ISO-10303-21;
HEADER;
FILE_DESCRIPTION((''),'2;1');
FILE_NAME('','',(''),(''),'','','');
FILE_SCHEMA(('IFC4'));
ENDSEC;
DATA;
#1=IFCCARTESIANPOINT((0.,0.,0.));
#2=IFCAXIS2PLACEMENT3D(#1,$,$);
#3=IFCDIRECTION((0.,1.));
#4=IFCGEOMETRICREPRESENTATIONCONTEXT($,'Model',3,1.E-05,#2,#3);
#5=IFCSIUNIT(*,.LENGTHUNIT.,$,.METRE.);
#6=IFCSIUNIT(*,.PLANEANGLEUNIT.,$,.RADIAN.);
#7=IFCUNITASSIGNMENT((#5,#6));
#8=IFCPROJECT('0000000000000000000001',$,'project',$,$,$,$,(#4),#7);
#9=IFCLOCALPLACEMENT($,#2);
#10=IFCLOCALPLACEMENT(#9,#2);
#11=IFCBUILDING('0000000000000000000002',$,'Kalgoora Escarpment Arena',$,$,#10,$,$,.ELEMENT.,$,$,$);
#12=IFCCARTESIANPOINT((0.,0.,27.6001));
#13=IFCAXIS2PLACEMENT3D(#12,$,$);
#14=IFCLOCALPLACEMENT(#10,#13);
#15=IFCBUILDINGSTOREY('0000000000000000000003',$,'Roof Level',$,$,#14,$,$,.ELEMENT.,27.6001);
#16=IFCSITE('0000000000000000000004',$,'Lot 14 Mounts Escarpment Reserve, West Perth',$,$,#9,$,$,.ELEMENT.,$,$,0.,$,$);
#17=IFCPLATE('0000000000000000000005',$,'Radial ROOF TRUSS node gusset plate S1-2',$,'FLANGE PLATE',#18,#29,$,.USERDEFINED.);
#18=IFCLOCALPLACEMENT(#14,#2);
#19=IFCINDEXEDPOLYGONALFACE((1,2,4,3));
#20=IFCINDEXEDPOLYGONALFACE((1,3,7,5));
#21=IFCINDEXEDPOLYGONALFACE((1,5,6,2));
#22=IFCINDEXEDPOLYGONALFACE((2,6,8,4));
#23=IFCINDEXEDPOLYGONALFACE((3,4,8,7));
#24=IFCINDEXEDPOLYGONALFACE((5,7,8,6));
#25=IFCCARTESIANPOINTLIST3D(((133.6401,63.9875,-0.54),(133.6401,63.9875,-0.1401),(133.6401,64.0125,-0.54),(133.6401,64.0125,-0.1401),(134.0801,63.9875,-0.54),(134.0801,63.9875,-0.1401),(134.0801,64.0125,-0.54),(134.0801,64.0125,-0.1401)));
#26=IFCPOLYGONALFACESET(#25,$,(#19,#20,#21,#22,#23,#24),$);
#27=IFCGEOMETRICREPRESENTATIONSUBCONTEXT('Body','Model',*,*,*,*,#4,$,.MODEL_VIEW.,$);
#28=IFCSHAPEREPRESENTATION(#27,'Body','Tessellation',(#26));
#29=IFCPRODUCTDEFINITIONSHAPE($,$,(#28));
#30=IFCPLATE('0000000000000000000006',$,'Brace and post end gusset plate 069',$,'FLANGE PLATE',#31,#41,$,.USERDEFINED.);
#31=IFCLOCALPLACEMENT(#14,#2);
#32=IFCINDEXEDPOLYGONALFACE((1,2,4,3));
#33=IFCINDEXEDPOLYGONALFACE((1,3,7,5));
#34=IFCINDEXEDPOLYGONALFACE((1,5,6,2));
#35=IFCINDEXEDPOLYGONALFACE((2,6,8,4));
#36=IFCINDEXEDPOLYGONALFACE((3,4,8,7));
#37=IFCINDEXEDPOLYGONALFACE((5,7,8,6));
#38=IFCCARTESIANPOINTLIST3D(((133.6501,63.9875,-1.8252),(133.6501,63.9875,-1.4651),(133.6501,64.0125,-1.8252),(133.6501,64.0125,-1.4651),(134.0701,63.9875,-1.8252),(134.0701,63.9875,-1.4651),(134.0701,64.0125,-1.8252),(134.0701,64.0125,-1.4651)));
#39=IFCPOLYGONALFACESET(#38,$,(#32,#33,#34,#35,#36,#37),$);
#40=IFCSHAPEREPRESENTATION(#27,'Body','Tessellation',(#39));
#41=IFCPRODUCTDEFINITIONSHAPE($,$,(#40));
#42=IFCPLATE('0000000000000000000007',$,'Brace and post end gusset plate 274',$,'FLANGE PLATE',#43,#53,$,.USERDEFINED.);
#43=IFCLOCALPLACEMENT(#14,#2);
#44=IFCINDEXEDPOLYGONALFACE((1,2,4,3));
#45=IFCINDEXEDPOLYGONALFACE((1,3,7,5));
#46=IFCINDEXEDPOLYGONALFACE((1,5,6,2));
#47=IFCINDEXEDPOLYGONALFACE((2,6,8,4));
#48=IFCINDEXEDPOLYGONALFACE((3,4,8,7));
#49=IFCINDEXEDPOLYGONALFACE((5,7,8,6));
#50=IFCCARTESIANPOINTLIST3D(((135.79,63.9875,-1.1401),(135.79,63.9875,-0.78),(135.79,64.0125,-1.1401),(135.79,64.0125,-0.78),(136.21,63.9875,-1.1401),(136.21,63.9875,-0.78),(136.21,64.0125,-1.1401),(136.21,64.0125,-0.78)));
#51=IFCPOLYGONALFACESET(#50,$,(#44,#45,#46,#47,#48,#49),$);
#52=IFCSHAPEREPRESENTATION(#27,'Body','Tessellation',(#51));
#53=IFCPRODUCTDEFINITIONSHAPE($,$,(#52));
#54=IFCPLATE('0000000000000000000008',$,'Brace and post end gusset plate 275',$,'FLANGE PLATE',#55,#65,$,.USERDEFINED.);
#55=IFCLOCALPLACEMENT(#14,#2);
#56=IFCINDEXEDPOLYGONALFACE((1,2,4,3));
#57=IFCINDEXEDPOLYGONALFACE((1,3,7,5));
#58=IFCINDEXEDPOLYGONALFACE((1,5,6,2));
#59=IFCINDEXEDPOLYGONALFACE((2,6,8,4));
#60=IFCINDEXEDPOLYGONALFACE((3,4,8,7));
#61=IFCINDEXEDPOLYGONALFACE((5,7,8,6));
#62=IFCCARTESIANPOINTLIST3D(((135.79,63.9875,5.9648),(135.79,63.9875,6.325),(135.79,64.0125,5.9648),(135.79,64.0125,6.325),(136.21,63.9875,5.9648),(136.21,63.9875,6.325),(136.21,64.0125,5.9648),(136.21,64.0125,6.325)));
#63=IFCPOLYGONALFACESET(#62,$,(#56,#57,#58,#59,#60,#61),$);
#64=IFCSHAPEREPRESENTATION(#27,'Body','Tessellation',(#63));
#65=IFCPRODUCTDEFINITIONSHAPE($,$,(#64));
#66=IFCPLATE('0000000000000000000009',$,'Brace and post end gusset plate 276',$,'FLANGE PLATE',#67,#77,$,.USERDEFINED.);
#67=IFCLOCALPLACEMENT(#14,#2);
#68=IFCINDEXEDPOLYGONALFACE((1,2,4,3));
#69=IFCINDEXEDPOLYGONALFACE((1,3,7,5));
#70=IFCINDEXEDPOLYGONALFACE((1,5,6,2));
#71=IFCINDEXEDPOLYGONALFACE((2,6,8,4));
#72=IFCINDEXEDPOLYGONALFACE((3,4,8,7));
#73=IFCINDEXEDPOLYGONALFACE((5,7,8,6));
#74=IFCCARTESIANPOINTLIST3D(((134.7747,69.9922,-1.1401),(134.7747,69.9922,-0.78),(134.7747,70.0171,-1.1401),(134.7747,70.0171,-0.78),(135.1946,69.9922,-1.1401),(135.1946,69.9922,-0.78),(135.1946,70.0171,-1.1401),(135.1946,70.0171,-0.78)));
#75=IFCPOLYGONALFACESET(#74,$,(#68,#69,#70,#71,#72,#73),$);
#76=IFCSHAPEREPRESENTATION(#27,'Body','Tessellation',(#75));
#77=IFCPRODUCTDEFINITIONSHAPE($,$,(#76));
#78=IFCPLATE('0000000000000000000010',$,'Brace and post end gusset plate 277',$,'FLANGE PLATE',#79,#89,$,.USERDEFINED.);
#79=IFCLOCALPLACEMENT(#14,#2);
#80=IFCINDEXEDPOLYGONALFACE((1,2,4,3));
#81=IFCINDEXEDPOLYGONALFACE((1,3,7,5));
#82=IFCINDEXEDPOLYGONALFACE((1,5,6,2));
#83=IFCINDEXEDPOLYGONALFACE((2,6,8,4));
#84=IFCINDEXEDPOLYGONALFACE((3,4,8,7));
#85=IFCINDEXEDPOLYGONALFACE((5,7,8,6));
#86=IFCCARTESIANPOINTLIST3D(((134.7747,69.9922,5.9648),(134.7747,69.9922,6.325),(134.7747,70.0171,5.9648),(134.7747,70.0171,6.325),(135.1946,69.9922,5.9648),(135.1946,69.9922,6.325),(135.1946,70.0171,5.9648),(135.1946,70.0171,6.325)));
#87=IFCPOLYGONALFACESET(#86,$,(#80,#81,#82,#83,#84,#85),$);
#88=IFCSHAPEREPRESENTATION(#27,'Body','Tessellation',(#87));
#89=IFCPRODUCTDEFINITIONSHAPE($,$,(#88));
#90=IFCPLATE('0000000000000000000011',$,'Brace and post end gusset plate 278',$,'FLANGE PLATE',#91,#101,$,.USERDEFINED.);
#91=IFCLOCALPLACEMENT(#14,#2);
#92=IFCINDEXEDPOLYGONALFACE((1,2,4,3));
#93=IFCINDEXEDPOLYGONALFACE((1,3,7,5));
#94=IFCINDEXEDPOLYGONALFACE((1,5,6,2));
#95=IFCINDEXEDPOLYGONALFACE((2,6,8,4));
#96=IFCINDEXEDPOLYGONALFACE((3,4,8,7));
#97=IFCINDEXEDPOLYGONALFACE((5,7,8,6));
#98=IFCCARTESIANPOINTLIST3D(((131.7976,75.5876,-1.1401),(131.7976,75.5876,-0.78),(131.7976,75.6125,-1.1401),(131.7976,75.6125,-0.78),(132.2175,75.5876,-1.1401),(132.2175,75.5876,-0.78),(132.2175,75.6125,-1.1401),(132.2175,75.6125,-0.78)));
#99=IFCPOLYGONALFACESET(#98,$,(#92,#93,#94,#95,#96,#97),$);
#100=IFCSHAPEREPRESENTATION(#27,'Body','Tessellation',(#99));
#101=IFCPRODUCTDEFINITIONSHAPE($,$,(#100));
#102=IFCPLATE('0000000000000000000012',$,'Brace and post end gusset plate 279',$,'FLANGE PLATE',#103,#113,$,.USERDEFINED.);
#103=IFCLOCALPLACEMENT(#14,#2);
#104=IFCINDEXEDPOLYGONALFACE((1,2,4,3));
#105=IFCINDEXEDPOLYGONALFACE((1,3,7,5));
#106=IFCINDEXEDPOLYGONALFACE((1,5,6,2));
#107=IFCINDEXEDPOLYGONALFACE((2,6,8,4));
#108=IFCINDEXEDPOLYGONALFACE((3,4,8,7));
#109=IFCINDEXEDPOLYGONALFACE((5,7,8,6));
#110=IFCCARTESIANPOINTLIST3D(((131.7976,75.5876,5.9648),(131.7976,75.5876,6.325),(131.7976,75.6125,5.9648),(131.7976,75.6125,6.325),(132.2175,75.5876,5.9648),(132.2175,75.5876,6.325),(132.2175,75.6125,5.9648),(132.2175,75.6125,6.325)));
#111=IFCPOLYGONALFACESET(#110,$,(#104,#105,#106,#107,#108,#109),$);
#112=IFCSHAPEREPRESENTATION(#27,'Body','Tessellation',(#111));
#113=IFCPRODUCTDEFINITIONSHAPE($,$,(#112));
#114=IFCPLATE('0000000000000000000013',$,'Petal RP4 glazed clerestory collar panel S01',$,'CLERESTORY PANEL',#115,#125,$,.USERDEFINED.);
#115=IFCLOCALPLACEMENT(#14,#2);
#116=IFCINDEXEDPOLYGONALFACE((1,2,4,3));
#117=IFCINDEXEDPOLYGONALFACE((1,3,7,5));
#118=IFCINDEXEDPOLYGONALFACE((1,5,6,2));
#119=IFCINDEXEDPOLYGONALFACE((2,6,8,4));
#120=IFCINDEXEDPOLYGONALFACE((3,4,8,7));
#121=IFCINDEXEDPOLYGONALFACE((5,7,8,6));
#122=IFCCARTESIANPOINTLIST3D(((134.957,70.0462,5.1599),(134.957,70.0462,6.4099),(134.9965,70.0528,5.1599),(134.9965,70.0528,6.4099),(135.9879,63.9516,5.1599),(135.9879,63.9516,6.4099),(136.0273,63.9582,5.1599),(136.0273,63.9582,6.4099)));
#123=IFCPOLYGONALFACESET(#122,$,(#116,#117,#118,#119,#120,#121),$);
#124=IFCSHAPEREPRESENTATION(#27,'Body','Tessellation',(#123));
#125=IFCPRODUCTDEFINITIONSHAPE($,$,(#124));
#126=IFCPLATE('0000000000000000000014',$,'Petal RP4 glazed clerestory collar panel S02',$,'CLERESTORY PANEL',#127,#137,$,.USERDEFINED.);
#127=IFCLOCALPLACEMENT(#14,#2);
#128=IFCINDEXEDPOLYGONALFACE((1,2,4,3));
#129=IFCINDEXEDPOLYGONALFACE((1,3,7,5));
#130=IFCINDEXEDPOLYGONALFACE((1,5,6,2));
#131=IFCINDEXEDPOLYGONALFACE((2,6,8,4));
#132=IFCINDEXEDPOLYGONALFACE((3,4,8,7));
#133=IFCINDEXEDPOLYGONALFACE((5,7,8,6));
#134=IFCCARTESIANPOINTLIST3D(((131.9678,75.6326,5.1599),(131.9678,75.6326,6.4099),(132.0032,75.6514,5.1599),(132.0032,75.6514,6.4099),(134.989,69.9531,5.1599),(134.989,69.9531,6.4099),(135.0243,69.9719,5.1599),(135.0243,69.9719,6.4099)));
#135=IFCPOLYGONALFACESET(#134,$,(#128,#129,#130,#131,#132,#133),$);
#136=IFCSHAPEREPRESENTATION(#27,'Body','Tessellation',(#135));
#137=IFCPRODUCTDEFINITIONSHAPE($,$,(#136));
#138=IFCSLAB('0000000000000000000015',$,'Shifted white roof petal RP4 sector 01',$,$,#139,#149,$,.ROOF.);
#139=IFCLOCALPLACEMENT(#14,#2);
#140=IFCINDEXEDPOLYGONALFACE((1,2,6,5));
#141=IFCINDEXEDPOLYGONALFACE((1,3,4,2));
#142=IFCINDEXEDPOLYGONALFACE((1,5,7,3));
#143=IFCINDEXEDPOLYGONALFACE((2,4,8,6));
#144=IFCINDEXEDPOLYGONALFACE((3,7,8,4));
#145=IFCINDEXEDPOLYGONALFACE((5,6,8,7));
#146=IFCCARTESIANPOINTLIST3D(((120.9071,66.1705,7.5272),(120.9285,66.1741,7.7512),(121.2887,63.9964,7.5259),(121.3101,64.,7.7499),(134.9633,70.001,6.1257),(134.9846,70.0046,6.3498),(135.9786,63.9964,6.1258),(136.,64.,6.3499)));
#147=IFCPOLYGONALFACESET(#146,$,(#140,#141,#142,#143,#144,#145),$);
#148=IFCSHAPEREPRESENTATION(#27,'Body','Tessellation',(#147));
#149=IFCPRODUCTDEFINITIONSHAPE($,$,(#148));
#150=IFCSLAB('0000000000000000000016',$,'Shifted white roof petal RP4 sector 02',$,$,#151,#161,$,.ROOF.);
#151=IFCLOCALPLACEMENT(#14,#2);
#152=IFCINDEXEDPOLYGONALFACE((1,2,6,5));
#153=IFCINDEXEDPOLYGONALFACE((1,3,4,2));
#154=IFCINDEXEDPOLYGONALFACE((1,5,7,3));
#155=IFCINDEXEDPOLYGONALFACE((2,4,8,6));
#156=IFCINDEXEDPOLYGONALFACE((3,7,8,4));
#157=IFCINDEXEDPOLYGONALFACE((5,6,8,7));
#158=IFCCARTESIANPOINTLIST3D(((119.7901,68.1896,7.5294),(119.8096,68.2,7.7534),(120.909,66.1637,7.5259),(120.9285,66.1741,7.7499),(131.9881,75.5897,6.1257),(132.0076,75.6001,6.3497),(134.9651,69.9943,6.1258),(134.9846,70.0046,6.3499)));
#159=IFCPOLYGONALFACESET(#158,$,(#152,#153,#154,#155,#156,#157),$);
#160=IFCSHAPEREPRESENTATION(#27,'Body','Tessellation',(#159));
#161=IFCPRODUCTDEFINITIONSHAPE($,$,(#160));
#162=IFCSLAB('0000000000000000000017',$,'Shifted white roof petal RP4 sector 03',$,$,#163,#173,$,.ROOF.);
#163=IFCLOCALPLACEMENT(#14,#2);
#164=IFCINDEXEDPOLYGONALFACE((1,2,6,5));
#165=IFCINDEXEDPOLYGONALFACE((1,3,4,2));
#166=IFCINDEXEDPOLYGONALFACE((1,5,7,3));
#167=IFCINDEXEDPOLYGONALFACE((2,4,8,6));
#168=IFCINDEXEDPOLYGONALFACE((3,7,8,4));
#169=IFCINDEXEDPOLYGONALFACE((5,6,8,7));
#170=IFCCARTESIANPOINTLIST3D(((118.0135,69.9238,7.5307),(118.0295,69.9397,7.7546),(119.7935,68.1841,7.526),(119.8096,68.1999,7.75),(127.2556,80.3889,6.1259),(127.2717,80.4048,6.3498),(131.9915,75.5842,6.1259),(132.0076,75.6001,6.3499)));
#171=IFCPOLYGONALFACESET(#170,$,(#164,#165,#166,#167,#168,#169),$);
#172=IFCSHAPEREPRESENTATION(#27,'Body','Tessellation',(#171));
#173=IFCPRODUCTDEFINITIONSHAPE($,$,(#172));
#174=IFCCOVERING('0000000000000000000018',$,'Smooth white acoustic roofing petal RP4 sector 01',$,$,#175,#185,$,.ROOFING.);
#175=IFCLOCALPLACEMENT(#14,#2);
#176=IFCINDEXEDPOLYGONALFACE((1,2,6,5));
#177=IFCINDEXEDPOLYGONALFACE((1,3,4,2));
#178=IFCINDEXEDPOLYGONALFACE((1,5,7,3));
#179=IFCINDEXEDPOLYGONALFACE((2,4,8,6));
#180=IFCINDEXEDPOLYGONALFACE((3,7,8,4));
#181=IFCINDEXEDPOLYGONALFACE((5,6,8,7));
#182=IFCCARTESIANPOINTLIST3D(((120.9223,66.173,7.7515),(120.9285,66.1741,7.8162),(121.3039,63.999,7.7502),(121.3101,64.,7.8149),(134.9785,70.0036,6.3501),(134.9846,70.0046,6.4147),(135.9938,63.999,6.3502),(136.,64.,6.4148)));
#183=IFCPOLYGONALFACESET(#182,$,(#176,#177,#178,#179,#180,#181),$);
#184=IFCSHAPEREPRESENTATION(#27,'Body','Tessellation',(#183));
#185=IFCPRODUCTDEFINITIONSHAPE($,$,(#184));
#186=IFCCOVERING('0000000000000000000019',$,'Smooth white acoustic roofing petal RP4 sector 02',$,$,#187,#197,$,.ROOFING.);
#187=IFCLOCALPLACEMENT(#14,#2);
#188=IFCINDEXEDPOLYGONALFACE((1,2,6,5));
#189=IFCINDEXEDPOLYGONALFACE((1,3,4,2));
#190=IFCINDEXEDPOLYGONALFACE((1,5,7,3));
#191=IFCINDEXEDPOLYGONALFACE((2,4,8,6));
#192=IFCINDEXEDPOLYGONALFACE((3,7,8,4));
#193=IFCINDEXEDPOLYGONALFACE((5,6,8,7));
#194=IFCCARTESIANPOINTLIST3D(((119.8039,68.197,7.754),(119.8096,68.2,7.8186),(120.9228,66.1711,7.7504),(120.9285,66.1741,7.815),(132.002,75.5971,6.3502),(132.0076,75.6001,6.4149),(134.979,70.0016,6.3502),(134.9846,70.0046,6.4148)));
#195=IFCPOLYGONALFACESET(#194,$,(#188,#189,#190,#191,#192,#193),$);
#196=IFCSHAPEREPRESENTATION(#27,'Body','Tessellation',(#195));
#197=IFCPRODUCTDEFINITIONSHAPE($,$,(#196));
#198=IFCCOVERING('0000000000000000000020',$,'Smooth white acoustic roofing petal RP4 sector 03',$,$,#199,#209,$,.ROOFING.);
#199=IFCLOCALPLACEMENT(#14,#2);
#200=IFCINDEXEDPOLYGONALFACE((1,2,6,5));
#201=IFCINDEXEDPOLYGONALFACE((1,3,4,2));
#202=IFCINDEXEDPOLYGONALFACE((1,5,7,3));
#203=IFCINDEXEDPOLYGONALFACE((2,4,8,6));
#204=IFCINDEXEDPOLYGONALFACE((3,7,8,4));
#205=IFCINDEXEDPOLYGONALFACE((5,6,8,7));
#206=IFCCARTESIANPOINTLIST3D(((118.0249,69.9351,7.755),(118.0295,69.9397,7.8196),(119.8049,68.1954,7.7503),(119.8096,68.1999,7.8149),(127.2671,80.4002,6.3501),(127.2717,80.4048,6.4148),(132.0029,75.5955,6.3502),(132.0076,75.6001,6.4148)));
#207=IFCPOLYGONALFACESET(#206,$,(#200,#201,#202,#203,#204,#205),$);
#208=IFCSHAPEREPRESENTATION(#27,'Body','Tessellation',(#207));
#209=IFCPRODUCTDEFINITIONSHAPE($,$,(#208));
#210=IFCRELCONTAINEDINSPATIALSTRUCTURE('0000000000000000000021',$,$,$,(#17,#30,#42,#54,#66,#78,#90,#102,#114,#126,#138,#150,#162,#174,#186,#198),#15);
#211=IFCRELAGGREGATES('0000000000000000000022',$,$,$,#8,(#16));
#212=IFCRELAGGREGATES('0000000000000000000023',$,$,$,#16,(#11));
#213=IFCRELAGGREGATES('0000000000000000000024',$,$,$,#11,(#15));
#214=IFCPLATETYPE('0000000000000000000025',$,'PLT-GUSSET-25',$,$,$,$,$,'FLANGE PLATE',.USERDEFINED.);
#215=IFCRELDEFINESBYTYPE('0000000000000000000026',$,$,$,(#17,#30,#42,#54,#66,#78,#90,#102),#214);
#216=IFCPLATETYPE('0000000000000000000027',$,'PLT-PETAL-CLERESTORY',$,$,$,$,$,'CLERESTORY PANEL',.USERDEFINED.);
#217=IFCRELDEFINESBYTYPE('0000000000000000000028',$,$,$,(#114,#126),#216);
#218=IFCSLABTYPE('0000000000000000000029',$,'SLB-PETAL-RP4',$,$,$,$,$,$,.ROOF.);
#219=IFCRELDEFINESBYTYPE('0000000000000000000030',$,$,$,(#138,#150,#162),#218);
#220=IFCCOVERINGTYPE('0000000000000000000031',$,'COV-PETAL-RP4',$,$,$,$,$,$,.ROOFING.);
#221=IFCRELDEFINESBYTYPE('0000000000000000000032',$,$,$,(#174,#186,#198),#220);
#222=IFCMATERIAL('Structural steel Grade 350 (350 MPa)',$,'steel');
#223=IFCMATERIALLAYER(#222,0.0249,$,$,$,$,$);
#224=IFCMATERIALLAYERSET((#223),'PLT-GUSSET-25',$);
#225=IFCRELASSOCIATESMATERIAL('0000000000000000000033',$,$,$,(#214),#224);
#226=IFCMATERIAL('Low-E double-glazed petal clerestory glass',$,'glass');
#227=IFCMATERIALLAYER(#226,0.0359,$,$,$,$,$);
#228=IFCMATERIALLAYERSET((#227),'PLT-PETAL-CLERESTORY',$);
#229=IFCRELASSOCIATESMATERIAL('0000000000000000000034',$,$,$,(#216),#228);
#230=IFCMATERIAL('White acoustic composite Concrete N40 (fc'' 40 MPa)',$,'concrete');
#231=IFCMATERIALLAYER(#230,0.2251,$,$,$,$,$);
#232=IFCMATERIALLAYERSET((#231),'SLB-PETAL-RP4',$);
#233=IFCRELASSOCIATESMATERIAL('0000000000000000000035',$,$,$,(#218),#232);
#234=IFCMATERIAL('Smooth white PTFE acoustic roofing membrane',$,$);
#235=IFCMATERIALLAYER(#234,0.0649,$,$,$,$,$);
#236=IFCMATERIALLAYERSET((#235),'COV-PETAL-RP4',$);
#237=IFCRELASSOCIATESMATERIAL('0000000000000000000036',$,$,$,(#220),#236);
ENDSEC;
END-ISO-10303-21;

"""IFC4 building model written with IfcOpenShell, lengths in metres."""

from ifc_helpers import new_model, si_unit, direction, frame, origin, origin_2d, place, context, subcontext, project, spatial, polyline, rectangle, outline, extrude, material, layer, layer_set, type_object, element, save


model = new_model("IFC4")

# Units and contexts
model_context = context("Model", 3, precision=1e-05, world=origin(), true_north=direction((0.0, 1.0)))
body_context = subcontext(model_context, "Body", "Model", "MODEL_VIEW")
ifc_project = project(units=[si_unit("LENGTHUNIT", "METRE"), si_unit("PLANEANGLEUNIT", "RADIAN")], contexts=[model_context])

# Site, building, storey
site_placement = place(None, origin())
site = spatial("IfcSite", under=ifc_project, at=site_placement, Name="Lot 14 Mounts Escarpment Reserve, West Perth", CompositionType="ELEMENT", RefElevation=0.0)
building_placement = place(site_placement, origin())
building = spatial("IfcBuilding", under=site, at=building_placement, Name="Kalgoora Escarpment Arena", CompositionType="ELEMENT")
storey_placement = place(building_placement, frame((0.0, 0.0, 27.6001)))
storey = spatial("IfcBuildingStorey", under=building, at=storey_placement, Name="Roof Level", CompositionType="ELEMENT", Elevation=27.6001)

# Plates
ifc_material_1 = material(Name="Structural steel Grade 350 (350 MPa)", Category="steel")
ifc_layer_1 = layer(ifc_material_1, 0.0249)
ifc_layer_set_1 = layer_set([ifc_layer_1], Name="PLT-GUSSET-25")
plate_type_1 = type_object("IfcPlateType", Name="PLT-GUSSET-25", ElementType="FLANGE PLATE", PredefinedType="USERDEFINED", material=ifc_layer_set_1)
plate_1_placement = place(storey_placement, frame((133.8601, 64.0, -0.54), z_axis=(0.0, 0.0, 1.0), x_axis=(-1.0, 0.0, 0.0)))
element("IfcPlate", 1, at=plate_1_placement, inside=storey, type_object=plate_type_1, Name="Radial ROOF TRUSS node gusset plate S1-2", ObjectType="FLANGE PLATE", PredefinedType="USERDEFINED", context=body_context, shape_type="SweptSolid", body=[
    extrude(rectangle(XDim=0.4399, YDim=0.0249, at=origin_2d()), origin(), (0.0, 0.0, 1.0), 0.3999),
])
for number, where, z_axis, x_axis, name in (
    (2, (133.8601, 64.0, -1.8252), (0.0, 0.0, 1.0), (1.0, 0.0, 0.0), "Brace and post end gusset plate 069"),
    (3, (136.0, 64.0, -1.1401), (0.0, 0.0, 1.0), (1.0, 0.0, 0.0), "Brace and post end gusset plate 274"),
    (4, (136.0, 64.0, 5.9648), (0.0, 0.0, 1.0), (1.0, 0.0, 0.0), "Brace and post end gusset plate 275"),
    (5, (134.9846, 70.0046, -1.1401), (0.0, 0.0, 1.0), (1.0, 0.0, 0.0), "Brace and post end gusset plate 276"),
    (6, (134.9846, 70.0046, 5.9648), (0.0, 0.0, 1.0), (1.0, 0.0, 0.0), "Brace and post end gusset plate 277"),
    (7, (132.0076, 75.6001, -1.1401), (0.0, 0.0, 1.0), (1.0, 0.0, 0.0), "Brace and post end gusset plate 278"),
    (8, (132.0076, 75.6001, 5.9648), (0.0, 0.0, 1.0), (1.0, 0.0, 0.0), "Brace and post end gusset plate 279"),
):
    element("IfcPlate", number, at=place(storey_placement, frame(where, z_axis=z_axis, x_axis=x_axis)), inside=storey, type_object=plate_type_1, Name=name, ObjectType="FLANGE PLATE", PredefinedType="USERDEFINED", context=body_context, shape_type="SweptSolid", body=[
        extrude(rectangle(XDim=0.4199, YDim=0.0249, at=origin_2d()), origin(), (0.0, 0.0, 1.0), 0.3601),
    ])
ifc_material_2 = material(Name="Low-E double-glazed petal clerestory glass", Category="glass")
ifc_layer_2 = layer(ifc_material_2, 0.0359)
ifc_layer_set_2 = layer_set([ifc_layer_2], Name="PLT-PETAL-CLERESTORY")
plate_type_2 = type_object("IfcPlateType", Name="PLT-PETAL-CLERESTORY", ElementType="CLERESTORY PANEL", PredefinedType="USERDEFINED", material=ifc_layer_set_2)
plate_2_placement = place(storey_placement, frame((135.4922, 67.0022, 5.1599), z_axis=(0.0, 0.0, 1.0), x_axis=(-0.166769, 0.985996, 0.0)))
element("IfcPlate", 9, at=plate_2_placement, inside=storey, type_object=plate_type_2, Name="Petal RP4 glazed clerestory collar panel S01", ObjectType="CLERESTORY PANEL", PredefinedType="USERDEFINED", context=body_context, shape_type="SweptSolid", body=[
    extrude(rectangle(XDim=6.1812, YDim=0.04, at=origin_2d()), origin(), (0.0, 0.0, 1.0), 1.25),
])
plate_3_placement = place(storey_placement, frame((133.4961, 72.8022, 5.1599), z_axis=(0.0, 0.0, 1.0), x_axis=(-0.469626, 0.882866, 0.0)))
element("IfcPlate", 10, at=plate_3_placement, inside=storey, type_object=plate_type_2, Name="Petal RP4 glazed clerestory collar panel S02", ObjectType="CLERESTORY PANEL", PredefinedType="USERDEFINED", context=body_context, shape_type="SweptSolid", body=[
    extrude(rectangle(XDim=6.4331, YDim=0.04, at=origin_2d()), origin(), (0.0, 0.0, 1.0), 1.25),
])

# Slabs
ifc_material_3 = material(Name="White acoustic composite Concrete N40 (fc' 40 MPa)", Category="concrete")
ifc_layer_3 = layer(ifc_material_3, 0.2251)
ifc_layer_set_3 = layer_set([ifc_layer_3], Name="SLB-PETAL-RP4")
slab_type = type_object("IfcSlabType", Name="SLB-PETAL-RP4", PredefinedType="ROOF", material=ifc_layer_set_3)
slab_1_placement = place(storey_placement, frame((136.0, 64.0, 6.3499), z_axis=(0.094866, 0.016055, 0.995361), x_axis=(-0.166734, 0.986002, -0.000013)))
element("IfcSlab", 11, at=slab_1_placement, inside=storey, type_object=slab_type, Name="Shifted white roof petal RP4 sector 01", PredefinedType="ROOF", context=body_context, shape_type="SweptSolid", body=[
    extrude(outline(polyline([(0.0, 0.0), (6.0899, 0.0), (4.6566, 14.5656), (2.4493, 14.5518), (0.0, 0.0)])), origin(), (0.0, 0.0, -1.0), 0.2251),
])
slab_2_placement = place(storey_placement, frame((134.9846, 70.0046, 6.3499), z_axis=(0.086566, 0.046077, 0.99518), x_axis=(-0.469706, 0.882823, -0.000017)))
element("IfcSlab", 12, at=slab_2_placement, inside=storey, type_object=slab_type, Name="Shifted white roof petal RP4 sector 02", PredefinedType="ROOF", context=body_context, shape_type="SweptSolid", body=[
    extrude(outline(polyline([(0.0, 0.0), (6.3381, 0.0), (5.5346, 14.3135), (3.2205, 14.2772), (0.0, 0.0)])), origin(), (0.0, 0.0, -1.0), 0.2251),
])
slab_3_placement = place(storey_placement, frame((132.0076, 75.6001, 6.3499), z_axis=(0.071465, 0.070447, 0.994952), x_axis=(-0.701986, 0.712191, -0.000005)))
element("IfcSlab", 13, at=slab_3_placement, inside=storey, type_object=slab_type, Name="Shifted white roof petal RP4 sector 03", PredefinedType="ROOF", context=body_context, shape_type="SweptSolid", body=[
    extrude(outline(polyline([(0.0, 0.0), (6.7463, 0.0), (5.7811, 13.9992), (3.2925, 13.9525), (0.0, 0.0)])), origin(), (0.0, 0.0, -1.0), 0.2251),
])

# Coverings
ifc_material_4 = material(Name="Smooth white PTFE acoustic roofing membrane")
ifc_layer_4 = layer(ifc_material_4, 0.0649)
ifc_layer_set_4 = layer_set([ifc_layer_4], Name="COV-PETAL-RP4")
covering_type = type_object("IfcCoveringType", Name="COV-PETAL-RP4", PredefinedType="ROOFING", material=ifc_layer_set_4)
covering_1_placement = place(storey_placement, frame((136.0, 64.0, 6.4148), z_axis=(0.094866, 0.016055, 0.995361), x_axis=(-0.166734, 0.986002, -0.000013)))
element("IfcCovering", 14, at=covering_1_placement, inside=storey, type_object=covering_type, Name="Smooth white acoustic roofing petal RP4 sector 01", PredefinedType="ROOFING", context=body_context, shape_type="SweptSolid", body=[
    extrude(outline(polyline([(0.0, 0.0), (6.0899, 0.0), (4.6566, 14.5656), (2.4493, 14.5518), (0.0, 0.0)])), origin(), (0.0, 0.0, -1.0), 0.0649),
])
covering_2_placement = place(storey_placement, frame((134.9846, 70.0046, 6.4148), z_axis=(0.086585, 0.046055, 0.995179), x_axis=(-0.469703, 0.882824, 0.000011)))
element("IfcCovering", 15, at=covering_2_placement, inside=storey, type_object=covering_type, Name="Smooth white acoustic roofing petal RP4 sector 02", PredefinedType="ROOFING", context=body_context, shape_type="SweptSolid", body=[
    extrude(outline(polyline([(0.0, 0.0), (6.3381, 0.0), (5.5346, 14.3136), (3.2205, 14.2772), (0.0, 0.0)])), origin(), (0.0, 0.0, -1.0), 0.0649),
])
covering_3_placement = place(storey_placement, frame((132.0076, 75.6001, 6.4148), z_axis=(0.071465, 0.070447, 0.994952), x_axis=(-0.701986, 0.712191, -0.000005)))
element("IfcCovering", 16, at=covering_3_placement, inside=storey, type_object=covering_type, Name="Smooth white acoustic roofing petal RP4 sector 03", PredefinedType="ROOFING", context=body_context, shape_type="SweptSolid", body=[
    extrude(outline(polyline([(0.0, 0.0), (6.7463, 0.0), (5.7811, 13.9992), (3.2925, 13.9525), (0.0, 0.0)])), origin(), (0.0, 0.0, -1.0), 0.0649),
])

save(model, "model.ifc")
